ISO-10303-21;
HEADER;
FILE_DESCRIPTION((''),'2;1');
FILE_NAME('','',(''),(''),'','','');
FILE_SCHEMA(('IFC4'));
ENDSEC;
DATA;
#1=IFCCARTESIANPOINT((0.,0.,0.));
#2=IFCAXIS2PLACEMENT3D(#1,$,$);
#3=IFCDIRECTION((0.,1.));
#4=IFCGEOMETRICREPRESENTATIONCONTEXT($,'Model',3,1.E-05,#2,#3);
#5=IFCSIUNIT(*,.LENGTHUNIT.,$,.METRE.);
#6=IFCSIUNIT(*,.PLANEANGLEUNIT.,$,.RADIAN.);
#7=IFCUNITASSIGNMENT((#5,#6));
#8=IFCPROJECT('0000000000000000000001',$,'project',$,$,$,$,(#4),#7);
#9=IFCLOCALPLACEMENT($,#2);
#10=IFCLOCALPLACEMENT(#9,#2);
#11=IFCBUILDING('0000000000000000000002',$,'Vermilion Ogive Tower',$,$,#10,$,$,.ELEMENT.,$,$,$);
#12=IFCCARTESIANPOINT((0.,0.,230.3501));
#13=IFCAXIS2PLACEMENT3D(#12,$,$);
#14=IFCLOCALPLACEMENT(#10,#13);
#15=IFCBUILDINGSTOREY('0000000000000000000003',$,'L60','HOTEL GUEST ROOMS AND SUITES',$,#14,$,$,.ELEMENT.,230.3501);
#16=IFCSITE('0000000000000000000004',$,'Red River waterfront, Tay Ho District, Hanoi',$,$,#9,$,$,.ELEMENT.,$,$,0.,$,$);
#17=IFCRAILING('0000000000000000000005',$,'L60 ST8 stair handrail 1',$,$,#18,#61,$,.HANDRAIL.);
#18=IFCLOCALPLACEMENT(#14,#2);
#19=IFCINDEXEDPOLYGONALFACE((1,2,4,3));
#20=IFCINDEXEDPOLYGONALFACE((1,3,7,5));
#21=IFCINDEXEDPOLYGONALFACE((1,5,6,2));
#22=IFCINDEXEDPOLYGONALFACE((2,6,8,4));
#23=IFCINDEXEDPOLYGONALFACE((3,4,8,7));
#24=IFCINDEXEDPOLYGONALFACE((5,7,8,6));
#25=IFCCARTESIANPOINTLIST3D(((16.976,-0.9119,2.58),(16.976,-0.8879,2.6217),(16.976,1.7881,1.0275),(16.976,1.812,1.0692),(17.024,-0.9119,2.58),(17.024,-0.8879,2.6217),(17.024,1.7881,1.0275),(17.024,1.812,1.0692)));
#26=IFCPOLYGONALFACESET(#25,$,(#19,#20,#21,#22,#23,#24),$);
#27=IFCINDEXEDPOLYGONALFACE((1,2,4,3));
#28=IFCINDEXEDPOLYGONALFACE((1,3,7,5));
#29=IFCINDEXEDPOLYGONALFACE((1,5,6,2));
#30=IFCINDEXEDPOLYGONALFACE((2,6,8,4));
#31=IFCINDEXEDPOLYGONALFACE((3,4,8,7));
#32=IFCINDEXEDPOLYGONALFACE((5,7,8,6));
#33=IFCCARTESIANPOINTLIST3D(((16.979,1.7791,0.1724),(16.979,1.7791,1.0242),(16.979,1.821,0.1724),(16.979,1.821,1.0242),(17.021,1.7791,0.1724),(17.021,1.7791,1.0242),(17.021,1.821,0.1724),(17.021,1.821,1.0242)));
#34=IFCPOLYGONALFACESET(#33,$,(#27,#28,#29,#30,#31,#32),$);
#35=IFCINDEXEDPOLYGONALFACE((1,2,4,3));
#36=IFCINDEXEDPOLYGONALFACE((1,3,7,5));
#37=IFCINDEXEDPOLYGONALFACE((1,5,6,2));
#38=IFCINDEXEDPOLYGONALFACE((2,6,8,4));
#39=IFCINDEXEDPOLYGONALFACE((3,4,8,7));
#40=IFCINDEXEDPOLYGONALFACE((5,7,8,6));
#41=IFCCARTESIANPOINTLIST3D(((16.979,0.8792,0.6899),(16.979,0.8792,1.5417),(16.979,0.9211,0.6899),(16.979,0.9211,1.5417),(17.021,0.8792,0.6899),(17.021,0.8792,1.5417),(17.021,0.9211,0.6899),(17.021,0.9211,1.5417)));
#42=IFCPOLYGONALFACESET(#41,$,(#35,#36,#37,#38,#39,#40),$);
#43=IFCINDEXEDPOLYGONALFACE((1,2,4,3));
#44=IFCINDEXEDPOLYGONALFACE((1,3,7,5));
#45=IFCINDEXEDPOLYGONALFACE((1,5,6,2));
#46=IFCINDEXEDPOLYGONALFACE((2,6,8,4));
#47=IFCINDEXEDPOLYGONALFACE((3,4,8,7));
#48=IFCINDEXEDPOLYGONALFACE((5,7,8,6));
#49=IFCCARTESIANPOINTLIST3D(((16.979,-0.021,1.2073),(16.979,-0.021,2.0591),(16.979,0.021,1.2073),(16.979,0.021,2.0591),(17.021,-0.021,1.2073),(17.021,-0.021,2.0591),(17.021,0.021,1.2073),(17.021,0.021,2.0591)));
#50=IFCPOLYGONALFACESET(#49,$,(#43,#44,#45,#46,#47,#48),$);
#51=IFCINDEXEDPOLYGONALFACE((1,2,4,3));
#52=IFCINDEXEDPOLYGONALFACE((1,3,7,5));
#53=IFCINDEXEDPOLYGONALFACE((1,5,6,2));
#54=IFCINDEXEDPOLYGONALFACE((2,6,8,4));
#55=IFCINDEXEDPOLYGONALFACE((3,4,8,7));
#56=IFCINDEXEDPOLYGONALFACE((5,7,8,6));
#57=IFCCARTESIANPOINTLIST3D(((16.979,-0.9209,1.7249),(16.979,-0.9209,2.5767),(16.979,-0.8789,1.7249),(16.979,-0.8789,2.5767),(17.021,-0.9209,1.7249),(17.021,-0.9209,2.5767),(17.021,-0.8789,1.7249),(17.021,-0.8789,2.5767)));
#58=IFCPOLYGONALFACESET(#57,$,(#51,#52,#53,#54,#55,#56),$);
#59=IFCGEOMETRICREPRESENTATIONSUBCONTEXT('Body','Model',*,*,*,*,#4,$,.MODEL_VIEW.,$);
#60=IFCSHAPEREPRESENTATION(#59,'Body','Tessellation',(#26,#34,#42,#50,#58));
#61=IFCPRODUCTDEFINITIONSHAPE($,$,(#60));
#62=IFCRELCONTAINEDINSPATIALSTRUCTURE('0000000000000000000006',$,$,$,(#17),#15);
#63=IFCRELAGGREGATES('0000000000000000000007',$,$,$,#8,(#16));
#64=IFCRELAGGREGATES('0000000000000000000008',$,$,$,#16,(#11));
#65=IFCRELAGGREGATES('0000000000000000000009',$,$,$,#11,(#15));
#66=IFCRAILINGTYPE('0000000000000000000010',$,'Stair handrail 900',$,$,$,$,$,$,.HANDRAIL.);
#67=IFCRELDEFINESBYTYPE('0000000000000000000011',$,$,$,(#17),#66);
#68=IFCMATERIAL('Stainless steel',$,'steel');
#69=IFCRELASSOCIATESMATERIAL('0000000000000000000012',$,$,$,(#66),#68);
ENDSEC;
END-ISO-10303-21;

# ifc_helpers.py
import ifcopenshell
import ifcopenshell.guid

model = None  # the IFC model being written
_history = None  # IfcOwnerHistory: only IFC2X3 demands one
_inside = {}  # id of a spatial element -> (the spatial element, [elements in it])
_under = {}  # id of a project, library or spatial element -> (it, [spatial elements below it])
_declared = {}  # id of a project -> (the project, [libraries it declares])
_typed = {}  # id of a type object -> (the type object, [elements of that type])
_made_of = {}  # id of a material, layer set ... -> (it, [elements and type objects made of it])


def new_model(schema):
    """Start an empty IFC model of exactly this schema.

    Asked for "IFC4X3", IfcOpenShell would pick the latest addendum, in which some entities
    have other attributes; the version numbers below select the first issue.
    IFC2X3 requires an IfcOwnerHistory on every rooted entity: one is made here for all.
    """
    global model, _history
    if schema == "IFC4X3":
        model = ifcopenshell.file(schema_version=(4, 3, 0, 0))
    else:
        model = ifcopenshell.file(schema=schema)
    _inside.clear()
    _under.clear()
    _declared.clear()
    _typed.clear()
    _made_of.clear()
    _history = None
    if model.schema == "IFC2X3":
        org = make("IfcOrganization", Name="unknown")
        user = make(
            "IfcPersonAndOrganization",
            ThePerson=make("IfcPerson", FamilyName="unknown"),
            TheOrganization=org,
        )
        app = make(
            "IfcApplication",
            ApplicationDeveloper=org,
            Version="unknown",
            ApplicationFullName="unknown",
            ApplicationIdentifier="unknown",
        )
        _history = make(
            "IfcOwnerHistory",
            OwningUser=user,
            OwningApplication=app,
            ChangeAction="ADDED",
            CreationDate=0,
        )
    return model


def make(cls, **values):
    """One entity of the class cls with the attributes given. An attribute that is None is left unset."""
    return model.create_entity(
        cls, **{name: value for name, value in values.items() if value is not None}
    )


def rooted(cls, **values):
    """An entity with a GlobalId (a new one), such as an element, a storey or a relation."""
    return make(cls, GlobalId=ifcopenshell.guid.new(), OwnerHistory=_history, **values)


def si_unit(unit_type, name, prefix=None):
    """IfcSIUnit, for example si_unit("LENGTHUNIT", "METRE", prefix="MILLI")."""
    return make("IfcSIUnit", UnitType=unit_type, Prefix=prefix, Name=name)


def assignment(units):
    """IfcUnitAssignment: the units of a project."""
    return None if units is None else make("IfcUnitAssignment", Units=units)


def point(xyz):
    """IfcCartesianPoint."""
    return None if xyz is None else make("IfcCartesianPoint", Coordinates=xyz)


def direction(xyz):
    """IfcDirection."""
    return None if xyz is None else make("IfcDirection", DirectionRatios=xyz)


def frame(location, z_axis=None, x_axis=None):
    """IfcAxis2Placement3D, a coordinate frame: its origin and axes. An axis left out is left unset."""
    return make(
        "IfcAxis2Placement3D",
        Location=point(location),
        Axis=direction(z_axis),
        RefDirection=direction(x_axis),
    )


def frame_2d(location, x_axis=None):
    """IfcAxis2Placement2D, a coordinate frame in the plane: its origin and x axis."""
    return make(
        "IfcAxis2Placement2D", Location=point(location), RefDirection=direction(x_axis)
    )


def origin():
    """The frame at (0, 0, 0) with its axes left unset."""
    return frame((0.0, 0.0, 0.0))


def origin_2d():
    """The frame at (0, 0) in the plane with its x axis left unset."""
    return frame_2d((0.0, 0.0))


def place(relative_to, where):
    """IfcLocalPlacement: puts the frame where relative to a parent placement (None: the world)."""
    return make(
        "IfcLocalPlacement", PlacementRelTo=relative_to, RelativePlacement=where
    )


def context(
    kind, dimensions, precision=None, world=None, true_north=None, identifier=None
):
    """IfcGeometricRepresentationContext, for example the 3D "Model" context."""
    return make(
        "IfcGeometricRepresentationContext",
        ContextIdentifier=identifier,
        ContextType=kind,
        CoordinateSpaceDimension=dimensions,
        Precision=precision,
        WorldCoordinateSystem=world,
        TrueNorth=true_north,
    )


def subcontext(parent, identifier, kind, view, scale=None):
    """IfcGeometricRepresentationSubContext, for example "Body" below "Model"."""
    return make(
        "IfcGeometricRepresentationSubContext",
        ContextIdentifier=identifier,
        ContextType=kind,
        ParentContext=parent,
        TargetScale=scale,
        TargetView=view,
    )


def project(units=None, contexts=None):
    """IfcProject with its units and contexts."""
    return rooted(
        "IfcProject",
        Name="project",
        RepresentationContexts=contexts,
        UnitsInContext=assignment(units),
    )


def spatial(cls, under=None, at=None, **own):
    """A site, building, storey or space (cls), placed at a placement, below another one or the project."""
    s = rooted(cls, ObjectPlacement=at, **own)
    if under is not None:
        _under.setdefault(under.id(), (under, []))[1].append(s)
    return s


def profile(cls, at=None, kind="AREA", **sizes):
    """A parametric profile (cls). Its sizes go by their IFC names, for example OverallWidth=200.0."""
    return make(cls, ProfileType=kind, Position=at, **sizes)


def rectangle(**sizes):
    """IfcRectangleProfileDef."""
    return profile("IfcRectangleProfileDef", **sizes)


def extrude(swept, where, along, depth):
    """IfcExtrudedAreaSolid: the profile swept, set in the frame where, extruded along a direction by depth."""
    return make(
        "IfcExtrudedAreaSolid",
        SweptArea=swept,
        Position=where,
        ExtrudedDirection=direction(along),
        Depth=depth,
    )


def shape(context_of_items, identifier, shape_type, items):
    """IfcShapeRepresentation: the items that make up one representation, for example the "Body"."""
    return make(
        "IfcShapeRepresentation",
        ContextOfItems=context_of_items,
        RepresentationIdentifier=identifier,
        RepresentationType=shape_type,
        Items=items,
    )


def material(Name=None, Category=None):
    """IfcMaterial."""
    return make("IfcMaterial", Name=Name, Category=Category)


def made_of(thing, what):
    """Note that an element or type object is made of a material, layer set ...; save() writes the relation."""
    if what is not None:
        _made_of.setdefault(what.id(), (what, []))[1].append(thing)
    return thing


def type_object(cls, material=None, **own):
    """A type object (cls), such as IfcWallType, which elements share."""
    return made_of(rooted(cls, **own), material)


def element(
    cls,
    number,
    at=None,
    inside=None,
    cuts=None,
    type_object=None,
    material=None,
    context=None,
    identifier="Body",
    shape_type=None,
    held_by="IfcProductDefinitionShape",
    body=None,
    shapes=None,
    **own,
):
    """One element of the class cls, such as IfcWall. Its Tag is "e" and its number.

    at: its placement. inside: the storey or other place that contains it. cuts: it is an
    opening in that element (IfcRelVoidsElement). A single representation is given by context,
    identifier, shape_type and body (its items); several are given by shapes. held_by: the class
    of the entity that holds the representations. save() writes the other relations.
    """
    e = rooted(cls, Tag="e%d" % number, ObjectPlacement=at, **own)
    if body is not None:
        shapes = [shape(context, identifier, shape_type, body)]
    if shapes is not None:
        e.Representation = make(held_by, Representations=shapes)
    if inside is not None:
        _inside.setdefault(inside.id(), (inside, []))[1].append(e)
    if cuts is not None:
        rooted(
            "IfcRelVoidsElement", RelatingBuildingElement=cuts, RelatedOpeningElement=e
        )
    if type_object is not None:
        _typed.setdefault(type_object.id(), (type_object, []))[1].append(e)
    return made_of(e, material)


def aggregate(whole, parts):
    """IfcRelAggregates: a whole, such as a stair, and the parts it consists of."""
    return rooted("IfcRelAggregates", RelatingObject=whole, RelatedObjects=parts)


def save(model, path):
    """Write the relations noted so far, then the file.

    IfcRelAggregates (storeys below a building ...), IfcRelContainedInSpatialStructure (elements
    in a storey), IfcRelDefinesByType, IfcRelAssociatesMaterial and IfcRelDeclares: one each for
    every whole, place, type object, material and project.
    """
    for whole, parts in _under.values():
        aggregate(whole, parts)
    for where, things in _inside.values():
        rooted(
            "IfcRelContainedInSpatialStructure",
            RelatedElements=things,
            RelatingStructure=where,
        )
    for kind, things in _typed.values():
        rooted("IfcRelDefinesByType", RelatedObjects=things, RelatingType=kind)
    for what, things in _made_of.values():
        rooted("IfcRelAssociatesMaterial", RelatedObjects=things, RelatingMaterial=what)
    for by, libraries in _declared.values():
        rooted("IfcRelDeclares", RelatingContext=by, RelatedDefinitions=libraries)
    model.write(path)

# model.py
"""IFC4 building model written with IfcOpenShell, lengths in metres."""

from ifc_helpers import new_model, si_unit, direction, frame, origin, origin_2d, place, context, subcontext, project, spatial, rectangle, extrude, material, type_object, element, save


model = new_model("IFC4")

# Units and contexts
model_context = context("Model", 3, precision=1e-05, world=origin(), true_north=direction((0.0, 1.0)))
body_context = subcontext(model_context, "Body", "Model", "MODEL_VIEW")
ifc_project = project(units=[si_unit("LENGTHUNIT", "METRE"), si_unit("PLANEANGLEUNIT", "RADIAN")], contexts=[model_context])

# Site, building, storey
site_placement = place(None, origin())
site = spatial("IfcSite", under=ifc_project, at=site_placement, Name="Red River waterfront, Tay Ho District, Hanoi", CompositionType="ELEMENT", RefElevation=0.0)
building_placement = place(site_placement, origin())
building = spatial("IfcBuilding", under=site, at=building_placement, Name="Vermilion Ogive Tower", CompositionType="ELEMENT")
storey_placement = place(building_placement, frame((0.0, 0.0, 230.3501)))
storey = spatial("IfcBuildingStorey", under=building, at=storey_placement, Name="L60", Description="HOTEL GUEST ROOMS AND SUITES", CompositionType="ELEMENT", Elevation=230.3501)

# Railing
ifc_material_1 = material(Name="Stainless steel", Category="steel")
railing_type_1 = type_object("IfcRailingType", Name="Stair handrail 900", PredefinedType="HANDRAIL", material=ifc_material_1)
railing_1_placement = place(storey_placement, frame((17.0, 1.8, 0.1724)))
element("IfcRailing", 1, at=railing_1_placement, inside=storey, type_object=railing_type_1, Name="L60 ST8 stair handrail 1", PredefinedType="HANDRAIL", context=body_context, shape_type="SweptSolid", body=[
    extrude(rectangle(XDim=0.0481, YDim=0.0481, at=origin_2d()), frame((0.0, 0.0, 0.876), z_axis=(0.0, -0.866904, 0.498476), x_axis=(1.0, 0.0, 0.0)), (0.0, 0.0, 1.0), 3.1145),
    extrude(rectangle(XDim=0.042, YDim=0.042, at=origin_2d()), origin(), (0.0, 0.0, 1.0), 0.8518),
    extrude(rectangle(XDim=0.042, YDim=0.042, at=origin_2d()), frame((0.0, -0.8999, 0.5176)), (0.0, 0.0, 1.0), 0.8518),
    extrude(rectangle(XDim=0.042, YDim=0.042, at=origin_2d()), frame((0.0, -1.8, 1.0349)), (0.0, 0.0, 1.0), 0.8518),
    extrude(rectangle(XDim=0.042, YDim=0.042, at=origin_2d()), frame((0.0, -2.7, 1.5525)), (0.0, 0.0, 1.0), 0.8518),
])

save(model, "model.ifc")
